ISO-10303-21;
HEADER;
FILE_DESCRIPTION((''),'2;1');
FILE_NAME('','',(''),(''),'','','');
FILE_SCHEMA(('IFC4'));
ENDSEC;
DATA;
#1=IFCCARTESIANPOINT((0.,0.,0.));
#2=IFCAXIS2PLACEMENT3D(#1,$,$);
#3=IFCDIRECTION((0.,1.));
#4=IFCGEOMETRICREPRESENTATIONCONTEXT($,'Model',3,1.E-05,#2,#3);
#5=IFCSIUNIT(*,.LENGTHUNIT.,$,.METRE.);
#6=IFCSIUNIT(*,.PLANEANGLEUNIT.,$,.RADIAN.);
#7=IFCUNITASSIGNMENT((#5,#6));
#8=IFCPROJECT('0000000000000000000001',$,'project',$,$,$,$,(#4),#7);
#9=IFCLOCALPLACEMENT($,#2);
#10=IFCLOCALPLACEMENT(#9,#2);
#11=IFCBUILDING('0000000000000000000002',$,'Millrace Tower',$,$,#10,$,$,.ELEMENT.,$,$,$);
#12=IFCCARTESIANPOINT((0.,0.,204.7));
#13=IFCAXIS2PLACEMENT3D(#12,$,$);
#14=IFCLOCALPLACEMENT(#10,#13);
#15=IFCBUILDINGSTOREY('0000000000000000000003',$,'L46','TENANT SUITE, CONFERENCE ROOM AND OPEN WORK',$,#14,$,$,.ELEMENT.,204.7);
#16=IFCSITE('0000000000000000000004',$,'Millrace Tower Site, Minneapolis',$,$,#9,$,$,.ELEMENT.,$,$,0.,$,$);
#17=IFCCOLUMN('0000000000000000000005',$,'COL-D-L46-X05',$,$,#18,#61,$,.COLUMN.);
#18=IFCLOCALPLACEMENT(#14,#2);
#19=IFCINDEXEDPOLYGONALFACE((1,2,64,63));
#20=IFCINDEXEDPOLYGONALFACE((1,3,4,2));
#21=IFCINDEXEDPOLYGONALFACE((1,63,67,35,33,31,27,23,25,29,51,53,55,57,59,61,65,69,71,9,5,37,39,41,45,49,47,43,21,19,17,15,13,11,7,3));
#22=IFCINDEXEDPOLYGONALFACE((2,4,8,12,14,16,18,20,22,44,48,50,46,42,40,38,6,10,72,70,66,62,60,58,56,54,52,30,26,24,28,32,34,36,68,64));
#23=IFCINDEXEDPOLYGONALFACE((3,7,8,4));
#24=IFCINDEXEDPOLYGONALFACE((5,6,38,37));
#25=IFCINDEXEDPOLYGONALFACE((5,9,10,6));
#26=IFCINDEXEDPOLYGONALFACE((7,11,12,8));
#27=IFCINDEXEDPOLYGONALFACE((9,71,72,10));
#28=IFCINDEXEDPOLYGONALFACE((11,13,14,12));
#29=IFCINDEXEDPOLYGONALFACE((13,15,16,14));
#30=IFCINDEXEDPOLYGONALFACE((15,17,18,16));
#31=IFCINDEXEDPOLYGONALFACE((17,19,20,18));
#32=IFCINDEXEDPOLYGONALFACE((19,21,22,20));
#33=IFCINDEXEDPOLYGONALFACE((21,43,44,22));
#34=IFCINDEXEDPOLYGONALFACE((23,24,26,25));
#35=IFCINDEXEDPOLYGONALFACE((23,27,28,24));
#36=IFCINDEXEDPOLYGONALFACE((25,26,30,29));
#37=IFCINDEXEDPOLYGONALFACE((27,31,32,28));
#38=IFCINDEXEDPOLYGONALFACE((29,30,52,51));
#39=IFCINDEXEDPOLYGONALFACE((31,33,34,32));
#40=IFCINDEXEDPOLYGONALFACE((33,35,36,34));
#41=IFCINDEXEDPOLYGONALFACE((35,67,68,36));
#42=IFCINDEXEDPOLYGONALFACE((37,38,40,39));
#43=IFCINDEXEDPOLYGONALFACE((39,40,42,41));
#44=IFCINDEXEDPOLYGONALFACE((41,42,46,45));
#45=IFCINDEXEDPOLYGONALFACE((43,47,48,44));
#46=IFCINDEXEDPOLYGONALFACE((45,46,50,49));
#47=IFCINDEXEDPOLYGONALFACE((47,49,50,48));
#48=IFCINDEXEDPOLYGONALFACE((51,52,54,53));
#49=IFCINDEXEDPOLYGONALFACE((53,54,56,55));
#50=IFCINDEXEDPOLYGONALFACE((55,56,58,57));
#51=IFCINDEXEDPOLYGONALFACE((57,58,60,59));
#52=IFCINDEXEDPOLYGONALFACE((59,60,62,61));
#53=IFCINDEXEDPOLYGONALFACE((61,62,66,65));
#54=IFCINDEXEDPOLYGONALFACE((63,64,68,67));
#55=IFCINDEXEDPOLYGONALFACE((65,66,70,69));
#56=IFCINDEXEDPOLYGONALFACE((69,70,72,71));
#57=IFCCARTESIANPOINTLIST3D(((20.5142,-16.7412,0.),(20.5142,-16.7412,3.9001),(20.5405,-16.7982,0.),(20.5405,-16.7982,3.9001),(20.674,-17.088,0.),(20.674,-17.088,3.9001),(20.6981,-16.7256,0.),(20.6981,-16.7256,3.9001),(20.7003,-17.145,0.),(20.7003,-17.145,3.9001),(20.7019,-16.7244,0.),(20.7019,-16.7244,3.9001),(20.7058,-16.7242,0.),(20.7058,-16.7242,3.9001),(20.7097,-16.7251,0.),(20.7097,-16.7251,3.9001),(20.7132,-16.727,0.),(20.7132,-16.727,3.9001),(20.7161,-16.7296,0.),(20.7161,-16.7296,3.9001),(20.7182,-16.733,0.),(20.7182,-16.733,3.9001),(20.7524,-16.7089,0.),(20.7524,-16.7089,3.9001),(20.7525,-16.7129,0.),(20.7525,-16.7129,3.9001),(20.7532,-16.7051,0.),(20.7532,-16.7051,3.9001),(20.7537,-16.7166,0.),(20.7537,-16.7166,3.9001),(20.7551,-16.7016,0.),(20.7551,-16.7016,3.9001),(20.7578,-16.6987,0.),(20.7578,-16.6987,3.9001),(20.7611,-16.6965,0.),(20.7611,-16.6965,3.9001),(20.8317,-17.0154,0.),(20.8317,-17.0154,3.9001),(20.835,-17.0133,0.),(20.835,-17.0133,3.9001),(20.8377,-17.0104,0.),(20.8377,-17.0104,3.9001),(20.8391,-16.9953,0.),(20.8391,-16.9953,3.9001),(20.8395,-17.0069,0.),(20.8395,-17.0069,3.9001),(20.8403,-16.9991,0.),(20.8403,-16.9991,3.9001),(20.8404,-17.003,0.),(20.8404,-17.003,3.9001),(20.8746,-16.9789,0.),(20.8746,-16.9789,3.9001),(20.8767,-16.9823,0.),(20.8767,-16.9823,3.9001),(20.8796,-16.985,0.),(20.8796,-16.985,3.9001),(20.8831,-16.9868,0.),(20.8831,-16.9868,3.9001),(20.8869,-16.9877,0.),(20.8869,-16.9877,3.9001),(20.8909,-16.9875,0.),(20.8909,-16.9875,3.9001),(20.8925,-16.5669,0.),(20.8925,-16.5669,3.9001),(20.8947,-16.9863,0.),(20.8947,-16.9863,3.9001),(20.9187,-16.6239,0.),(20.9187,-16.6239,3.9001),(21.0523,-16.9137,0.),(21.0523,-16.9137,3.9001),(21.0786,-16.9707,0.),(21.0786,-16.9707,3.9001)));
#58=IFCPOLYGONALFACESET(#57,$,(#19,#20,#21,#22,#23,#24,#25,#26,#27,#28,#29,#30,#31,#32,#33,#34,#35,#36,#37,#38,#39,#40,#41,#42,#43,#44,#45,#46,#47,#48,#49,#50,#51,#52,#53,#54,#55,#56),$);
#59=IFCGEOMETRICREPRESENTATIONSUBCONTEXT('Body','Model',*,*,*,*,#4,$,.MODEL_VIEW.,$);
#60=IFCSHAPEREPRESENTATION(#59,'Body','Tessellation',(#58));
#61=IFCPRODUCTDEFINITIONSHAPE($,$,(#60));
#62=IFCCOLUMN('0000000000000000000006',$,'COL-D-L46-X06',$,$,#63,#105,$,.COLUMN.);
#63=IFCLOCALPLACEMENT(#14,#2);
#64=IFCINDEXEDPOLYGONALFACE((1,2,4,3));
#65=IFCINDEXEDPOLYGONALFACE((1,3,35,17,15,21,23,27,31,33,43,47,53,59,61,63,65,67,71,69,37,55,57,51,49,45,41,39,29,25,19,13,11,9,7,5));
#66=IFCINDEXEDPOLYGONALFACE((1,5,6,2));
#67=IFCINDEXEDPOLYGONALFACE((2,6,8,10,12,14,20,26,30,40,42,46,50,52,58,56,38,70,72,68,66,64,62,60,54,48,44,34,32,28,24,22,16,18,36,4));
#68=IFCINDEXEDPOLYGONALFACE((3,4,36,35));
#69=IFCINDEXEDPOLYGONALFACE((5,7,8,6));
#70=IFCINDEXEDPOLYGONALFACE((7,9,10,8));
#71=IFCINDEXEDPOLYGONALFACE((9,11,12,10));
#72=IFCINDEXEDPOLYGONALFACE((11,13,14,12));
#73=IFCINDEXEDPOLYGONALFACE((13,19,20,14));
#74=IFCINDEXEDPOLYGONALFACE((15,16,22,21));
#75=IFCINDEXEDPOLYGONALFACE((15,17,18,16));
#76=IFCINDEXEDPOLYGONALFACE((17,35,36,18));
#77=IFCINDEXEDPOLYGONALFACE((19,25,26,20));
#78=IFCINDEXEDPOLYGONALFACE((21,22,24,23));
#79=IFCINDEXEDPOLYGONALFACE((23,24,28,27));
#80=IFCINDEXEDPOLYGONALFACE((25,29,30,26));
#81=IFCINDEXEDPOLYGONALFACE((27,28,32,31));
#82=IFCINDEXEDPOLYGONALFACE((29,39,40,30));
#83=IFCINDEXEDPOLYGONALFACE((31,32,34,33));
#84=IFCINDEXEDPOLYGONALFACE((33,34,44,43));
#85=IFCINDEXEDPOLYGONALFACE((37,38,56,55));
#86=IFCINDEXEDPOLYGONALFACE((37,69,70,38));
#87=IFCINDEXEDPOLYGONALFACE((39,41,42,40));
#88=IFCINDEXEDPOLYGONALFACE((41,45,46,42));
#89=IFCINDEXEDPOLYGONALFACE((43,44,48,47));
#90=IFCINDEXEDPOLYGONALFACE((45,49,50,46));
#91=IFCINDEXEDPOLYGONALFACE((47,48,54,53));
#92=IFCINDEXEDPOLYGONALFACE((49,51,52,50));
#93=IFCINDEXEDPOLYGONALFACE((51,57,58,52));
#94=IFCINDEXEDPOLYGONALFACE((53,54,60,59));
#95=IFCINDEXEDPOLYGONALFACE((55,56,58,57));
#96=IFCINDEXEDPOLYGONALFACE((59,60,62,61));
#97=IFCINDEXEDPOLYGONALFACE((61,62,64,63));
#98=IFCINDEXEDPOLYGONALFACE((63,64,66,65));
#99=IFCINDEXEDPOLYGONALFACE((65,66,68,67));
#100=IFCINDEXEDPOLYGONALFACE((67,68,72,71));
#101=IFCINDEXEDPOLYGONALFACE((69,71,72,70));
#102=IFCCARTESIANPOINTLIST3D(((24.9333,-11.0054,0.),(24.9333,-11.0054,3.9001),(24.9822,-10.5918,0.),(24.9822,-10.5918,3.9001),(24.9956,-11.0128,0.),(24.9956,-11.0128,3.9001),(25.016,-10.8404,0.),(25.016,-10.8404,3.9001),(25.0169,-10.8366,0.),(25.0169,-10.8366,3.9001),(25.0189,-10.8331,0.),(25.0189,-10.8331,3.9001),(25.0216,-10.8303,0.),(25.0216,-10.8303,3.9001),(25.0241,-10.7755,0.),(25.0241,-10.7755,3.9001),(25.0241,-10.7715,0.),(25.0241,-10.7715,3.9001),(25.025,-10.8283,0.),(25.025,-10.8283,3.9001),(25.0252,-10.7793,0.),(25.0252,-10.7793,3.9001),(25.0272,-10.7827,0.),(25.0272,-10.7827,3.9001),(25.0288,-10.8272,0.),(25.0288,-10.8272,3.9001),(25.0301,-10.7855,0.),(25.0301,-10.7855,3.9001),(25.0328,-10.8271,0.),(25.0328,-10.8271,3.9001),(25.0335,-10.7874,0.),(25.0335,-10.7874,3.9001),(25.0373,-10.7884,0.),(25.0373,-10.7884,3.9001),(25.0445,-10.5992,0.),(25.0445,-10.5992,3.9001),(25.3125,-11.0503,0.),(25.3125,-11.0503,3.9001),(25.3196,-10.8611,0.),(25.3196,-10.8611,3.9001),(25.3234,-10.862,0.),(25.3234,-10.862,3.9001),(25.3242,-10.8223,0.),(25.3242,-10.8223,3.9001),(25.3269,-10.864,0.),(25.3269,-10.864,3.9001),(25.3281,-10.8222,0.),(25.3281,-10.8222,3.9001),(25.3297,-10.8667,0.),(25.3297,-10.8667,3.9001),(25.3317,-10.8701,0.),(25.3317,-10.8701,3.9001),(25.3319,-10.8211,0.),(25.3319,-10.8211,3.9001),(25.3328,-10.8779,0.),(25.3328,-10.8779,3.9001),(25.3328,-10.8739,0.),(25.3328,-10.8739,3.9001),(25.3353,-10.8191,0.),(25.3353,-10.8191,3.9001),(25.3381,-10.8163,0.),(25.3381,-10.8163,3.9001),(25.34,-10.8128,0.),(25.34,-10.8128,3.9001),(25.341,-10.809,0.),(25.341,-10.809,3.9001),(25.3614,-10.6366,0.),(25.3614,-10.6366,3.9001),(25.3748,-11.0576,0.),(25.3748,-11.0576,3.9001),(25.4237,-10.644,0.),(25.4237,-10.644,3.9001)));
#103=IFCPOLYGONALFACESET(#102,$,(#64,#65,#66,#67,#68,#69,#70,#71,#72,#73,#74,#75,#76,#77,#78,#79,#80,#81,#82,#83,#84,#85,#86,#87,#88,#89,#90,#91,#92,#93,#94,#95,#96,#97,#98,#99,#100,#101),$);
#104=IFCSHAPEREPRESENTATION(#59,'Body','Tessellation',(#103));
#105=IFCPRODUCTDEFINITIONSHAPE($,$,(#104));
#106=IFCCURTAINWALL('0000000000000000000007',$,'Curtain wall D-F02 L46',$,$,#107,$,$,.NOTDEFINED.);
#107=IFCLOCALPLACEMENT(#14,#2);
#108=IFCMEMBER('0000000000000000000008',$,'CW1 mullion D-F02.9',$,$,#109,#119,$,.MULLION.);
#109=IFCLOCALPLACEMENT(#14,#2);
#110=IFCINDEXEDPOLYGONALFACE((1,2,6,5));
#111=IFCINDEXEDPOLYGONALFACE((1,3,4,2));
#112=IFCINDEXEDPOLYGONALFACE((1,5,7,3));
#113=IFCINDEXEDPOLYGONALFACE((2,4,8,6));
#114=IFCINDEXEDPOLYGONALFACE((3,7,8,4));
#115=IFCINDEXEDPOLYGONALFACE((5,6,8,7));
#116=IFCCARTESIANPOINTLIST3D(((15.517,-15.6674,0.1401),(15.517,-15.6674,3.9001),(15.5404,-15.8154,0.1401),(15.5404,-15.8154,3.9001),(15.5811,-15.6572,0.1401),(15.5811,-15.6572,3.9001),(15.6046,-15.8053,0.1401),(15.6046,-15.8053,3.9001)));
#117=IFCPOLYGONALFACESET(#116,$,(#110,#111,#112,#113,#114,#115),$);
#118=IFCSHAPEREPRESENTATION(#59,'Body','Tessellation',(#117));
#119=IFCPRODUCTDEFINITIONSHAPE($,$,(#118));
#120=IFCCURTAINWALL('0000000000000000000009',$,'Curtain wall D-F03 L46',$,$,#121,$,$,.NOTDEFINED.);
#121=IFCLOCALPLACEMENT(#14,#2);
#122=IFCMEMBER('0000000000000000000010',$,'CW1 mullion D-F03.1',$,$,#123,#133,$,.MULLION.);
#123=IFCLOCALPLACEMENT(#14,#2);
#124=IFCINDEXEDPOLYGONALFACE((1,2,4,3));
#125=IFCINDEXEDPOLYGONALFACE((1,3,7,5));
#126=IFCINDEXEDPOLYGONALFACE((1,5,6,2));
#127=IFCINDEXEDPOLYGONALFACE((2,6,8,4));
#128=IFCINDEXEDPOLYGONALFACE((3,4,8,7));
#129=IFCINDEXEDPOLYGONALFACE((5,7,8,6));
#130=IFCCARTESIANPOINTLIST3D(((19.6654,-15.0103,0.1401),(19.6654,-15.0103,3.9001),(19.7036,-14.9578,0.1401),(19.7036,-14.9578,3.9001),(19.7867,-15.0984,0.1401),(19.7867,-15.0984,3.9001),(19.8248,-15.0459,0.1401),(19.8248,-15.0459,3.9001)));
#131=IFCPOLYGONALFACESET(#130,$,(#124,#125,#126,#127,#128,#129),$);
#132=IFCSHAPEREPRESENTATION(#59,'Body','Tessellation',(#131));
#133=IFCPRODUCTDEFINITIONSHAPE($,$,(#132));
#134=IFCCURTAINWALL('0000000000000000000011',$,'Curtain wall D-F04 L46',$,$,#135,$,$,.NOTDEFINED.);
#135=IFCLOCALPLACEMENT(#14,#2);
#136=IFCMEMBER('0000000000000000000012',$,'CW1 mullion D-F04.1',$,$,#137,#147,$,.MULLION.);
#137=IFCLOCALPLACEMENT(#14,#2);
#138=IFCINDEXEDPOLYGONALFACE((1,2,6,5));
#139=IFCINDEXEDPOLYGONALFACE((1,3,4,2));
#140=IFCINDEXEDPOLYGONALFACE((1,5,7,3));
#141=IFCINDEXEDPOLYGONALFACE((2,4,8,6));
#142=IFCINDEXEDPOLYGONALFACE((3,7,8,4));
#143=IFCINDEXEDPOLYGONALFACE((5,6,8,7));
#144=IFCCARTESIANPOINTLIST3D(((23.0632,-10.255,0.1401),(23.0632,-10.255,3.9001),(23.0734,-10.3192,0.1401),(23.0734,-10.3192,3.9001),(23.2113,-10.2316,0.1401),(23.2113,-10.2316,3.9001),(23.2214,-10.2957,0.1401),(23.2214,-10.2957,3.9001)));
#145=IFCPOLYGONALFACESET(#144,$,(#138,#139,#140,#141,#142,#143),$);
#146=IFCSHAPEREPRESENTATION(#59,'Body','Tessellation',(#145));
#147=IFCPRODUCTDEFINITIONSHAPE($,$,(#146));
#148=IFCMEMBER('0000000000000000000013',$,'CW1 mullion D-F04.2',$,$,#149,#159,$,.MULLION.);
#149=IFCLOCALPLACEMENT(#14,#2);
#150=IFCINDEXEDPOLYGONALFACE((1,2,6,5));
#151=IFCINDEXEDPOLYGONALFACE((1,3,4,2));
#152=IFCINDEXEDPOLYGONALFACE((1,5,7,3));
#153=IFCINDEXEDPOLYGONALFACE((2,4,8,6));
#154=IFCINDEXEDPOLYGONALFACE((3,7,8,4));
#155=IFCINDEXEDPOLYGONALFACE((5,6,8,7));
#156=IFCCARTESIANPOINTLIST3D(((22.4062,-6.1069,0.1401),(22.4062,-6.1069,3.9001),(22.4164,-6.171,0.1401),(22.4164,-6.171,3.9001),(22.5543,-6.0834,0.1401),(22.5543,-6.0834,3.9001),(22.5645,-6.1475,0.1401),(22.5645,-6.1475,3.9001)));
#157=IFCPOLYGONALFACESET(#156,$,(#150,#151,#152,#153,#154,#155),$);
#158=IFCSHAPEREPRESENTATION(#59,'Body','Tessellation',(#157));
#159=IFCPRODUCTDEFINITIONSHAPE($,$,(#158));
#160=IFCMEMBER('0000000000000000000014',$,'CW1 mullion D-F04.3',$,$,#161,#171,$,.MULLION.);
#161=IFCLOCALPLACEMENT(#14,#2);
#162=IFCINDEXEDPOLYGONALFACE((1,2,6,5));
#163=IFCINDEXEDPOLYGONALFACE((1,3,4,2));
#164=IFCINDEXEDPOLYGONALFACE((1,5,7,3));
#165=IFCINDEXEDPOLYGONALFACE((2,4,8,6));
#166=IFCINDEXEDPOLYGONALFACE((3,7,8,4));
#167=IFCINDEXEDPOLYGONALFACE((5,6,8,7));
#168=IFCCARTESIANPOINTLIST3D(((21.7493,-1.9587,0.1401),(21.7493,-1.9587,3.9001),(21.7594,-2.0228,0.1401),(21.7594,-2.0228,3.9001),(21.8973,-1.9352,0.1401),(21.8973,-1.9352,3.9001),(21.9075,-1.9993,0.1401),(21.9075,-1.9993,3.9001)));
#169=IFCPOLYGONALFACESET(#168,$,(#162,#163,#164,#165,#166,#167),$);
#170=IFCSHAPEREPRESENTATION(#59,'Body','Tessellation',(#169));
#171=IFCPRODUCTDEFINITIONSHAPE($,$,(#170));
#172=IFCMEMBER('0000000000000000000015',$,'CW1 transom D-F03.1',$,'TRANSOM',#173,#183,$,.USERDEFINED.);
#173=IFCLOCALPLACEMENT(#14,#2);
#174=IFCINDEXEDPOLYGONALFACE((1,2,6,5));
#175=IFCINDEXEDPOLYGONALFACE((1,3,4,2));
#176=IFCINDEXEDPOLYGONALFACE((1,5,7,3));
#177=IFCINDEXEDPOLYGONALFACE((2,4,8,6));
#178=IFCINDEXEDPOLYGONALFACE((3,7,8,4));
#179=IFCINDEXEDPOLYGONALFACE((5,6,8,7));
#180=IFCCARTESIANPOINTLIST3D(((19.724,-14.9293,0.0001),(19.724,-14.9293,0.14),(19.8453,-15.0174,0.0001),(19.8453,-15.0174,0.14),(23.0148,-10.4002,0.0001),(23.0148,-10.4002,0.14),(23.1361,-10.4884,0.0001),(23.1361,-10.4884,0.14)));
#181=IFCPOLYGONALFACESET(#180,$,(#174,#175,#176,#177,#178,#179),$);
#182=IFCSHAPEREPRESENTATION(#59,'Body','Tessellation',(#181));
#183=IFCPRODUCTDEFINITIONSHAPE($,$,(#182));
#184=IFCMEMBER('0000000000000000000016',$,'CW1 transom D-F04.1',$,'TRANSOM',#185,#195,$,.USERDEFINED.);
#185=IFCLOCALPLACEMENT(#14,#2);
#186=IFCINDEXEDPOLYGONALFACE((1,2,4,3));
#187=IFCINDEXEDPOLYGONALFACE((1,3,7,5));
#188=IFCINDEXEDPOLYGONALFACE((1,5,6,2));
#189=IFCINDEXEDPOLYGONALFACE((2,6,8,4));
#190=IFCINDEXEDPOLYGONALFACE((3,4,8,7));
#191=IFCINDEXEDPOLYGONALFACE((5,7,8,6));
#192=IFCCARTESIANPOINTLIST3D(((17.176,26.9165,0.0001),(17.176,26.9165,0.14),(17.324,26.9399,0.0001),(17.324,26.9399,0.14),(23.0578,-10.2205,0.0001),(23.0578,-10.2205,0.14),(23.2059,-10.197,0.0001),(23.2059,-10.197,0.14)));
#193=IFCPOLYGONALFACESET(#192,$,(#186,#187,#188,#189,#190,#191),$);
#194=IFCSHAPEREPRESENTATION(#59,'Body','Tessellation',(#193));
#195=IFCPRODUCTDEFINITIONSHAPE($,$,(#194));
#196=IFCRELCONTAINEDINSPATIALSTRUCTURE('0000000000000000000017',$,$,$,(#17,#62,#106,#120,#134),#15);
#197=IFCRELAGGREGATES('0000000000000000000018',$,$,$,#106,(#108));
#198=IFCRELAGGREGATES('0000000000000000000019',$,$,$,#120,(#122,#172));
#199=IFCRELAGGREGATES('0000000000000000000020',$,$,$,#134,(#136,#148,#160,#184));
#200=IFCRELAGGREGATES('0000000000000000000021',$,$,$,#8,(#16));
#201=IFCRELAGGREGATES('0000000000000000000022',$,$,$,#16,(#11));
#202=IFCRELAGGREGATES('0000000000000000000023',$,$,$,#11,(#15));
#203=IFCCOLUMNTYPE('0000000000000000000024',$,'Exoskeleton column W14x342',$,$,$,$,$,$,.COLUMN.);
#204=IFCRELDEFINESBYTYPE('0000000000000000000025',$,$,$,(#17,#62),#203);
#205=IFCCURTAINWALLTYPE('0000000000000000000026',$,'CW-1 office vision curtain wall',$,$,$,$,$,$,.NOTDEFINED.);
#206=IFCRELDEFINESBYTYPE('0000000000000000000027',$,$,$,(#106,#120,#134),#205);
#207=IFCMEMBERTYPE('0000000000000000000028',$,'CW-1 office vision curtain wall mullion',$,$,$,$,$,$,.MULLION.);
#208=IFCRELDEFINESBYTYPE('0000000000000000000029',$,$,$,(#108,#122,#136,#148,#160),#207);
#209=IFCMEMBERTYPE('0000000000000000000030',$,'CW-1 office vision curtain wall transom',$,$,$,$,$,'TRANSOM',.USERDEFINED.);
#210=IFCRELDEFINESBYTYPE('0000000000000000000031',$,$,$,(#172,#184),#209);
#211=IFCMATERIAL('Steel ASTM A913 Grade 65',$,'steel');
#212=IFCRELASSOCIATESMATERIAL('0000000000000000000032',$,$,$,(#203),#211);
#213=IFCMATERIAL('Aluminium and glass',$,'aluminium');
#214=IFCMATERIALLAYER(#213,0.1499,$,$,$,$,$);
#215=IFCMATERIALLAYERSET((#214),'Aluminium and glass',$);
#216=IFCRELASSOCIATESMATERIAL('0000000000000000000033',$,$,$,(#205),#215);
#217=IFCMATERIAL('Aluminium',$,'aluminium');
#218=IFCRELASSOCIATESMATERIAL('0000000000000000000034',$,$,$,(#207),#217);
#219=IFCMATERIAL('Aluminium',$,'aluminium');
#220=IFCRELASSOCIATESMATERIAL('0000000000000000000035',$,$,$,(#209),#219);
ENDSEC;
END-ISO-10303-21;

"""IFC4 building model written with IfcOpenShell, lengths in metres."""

from ifc_helpers import new_model, si_unit, direction, frame, origin, origin_2d, place, context, subcontext, project, spatial, rectangle, i_section, extrude, material, layer, layer_set, material_profile, profile_set, type_object, element, aggregate, save


model = new_model("IFC4")

# Units and contexts
model_context = context("Model", 3, precision=1e-05, world=origin(), true_north=direction((0.0, 1.0)))
body_context = subcontext(model_context, "Body", "Model", "MODEL_VIEW")
ifc_project = project(units=[si_unit("LENGTHUNIT", "METRE"), si_unit("PLANEANGLEUNIT", "RADIAN")], contexts=[model_context])

# Site, building, storey
site_placement = place(None, origin())
site = spatial("IfcSite", under=ifc_project, at=site_placement, Name="Millrace Tower Site, Minneapolis", CompositionType="ELEMENT", RefElevation=0.0)
building_placement = place(site_placement, origin())
building = spatial("IfcBuilding", under=site, at=building_placement, Name="Millrace Tower", CompositionType="ELEMENT")
storey_placement = place(building_placement, frame((0.0, 0.0, 204.7)))
storey = spatial("IfcBuildingStorey", under=building, at=storey_placement, Name="L46", Description="TENANT SUITE, CONFERENCE ROOM AND OPEN WORK", CompositionType="ELEMENT", Elevation=204.7)

# Columns
ifc_material_1 = material(Name="Steel ASTM A913 Grade 65", Category="steel")
ifc_material_profile_1 = material_profile(ifc_material_1, i_section(OverallWidth=0.4165, OverallDepth=0.4446, WebThickness=0.0391, FlangeThickness=0.0627, FilletRadius=0.0151, at=origin_2d()))
ifc_profile_set_1 = profile_set([ifc_material_profile_1], Name="Steel ASTM A913 Grade 65")
column_type = type_object("IfcColumnType", Name="Exoskeleton column W14x342", PredefinedType="COLUMN", material=ifc_profile_set_1)
for number, where, z_axis, x_axis, name in (
    (1, (20.7964, -16.856, 0.0), (0.0, 0.0, 1.0), (0.908192, 0.418553, 0.0), "COL-D-L46-X05"),
    (2, (25.1785, -10.8247, 0.0), (0.0, 0.0, 1.0), (0.117421, 0.993082, 0.0), "COL-D-L46-X06"),
):
    element("IfcColumn", number, at=place(storey_placement, frame(where, z_axis=z_axis, x_axis=x_axis)), inside=storey, type_object=column_type, Name=name, PredefinedType="COLUMN", context=body_context, shape_type="SweptSolid", body=[
        extrude(i_section(OverallWidth=0.4165, OverallDepth=0.4446, WebThickness=0.0391, FlangeThickness=0.0627, FilletRadius=0.0151, at=origin_2d()), origin(), (0.0, 0.0, 1.0), 3.9001),
    ])

# Curtain walls, members
ifc_material_2 = material(Name="Aluminium and glass", Category="aluminium")
ifc_layer_1 = layer(ifc_material_2, 0.1499)
ifc_layer_set_1 = layer_set([ifc_layer_1], Name="Aluminium and glass")
curtain_wall_type = type_object("IfcCurtainWallType", Name="CW-1 office vision curtain wall", PredefinedType="NOTDEFINED", material=ifc_layer_set_1)
placement = place(storey_placement, origin())
curtain_wall_1 = element("IfcCurtainWall", 3, at=placement, inside=storey, type_object=curtain_wall_type, Name="Curtain wall D-F02 L46", PredefinedType="NOTDEFINED")
ifc_material_3 = material(Name="Aluminium", Category="aluminium")
ifc_material_profile_2 = material_profile(ifc_material_3, rectangle(XDim=0.0649, YDim=0.1499, at=origin_2d()))
ifc_profile_set_2 = profile_set([ifc_material_profile_2], Name="Aluminium")
member_type_1 = type_object("IfcMemberType", Name="CW-1 office vision curtain wall mullion", PredefinedType="MULLION", material=ifc_profile_set_2)
member_1_placement = place(storey_placement, frame((15.5608, -15.7363, 0.1401), z_axis=(0.0, 0.0, 1.0), x_axis=(0.987688, 0.156434, 0.0)))
member_1 = element("IfcMember", 4, at=member_1_placement, type_object=member_type_1, Name="CW1 mullion D-F02.9", PredefinedType="MULLION", context=body_context, shape_type="SweptSolid", body=[
    extrude(rectangle(XDim=0.0649, YDim=0.1499, at=origin_2d()), origin(), (0.0, 0.0, 1.0), 3.76),
])
aggregate(curtain_wall_1, [member_1])
curtain_wall_2 = element("IfcCurtainWall", 5, at=placement, inside=storey, type_object=curtain_wall_type, Name="Curtain wall D-F03 L46", PredefinedType="NOTDEFINED")
member_2_placement = place(storey_placement, frame((19.7451, -15.0281, 0.1401), z_axis=(0.0, 0.0, 1.0), x_axis=(0.587785, 0.809017, 0.0)))
member_2 = element("IfcMember", 6, at=member_2_placement, type_object=member_type_1, Name="CW1 mullion D-F03.1", PredefinedType="MULLION", context=body_context, shape_type="SweptSolid", body=[
    extrude(rectangle(XDim=0.0649, YDim=0.1499, at=origin_2d()), origin(), (0.0, 0.0, 1.0), 3.76),
])

# Curtain wall, members
curtain_wall_3 = element("IfcCurtainWall", 7, at=placement, inside=storey, type_object=curtain_wall_type, Name="Curtain wall D-F04 L46", PredefinedType="NOTDEFINED")
member_3_placement = place(storey_placement, frame((23.1423, -10.2754, 0.1401), z_axis=(0.0, 0.0, 1.0), x_axis=(-0.156434, 0.987688, 0.0)))
member_3 = element("IfcMember", 8, at=member_3_placement, type_object=member_type_1, Name="CW1 mullion D-F04.1", PredefinedType="MULLION", context=body_context, shape_type="SweptSolid", body=[
    extrude(rectangle(XDim=0.0649, YDim=0.1499, at=origin_2d()), origin(), (0.0, 0.0, 1.0), 3.76),
])
member_4_placement = place(storey_placement, frame((22.4854, -6.1272, 0.1401), z_axis=(0.0, 0.0, 1.0), x_axis=(-0.156434, 0.987688, 0.0)))
member_4 = element("IfcMember", 9, at=member_4_placement, type_object=member_type_1, Name="CW1 mullion D-F04.2", PredefinedType="MULLION", context=body_context, shape_type="SweptSolid", body=[
    extrude(rectangle(XDim=0.0649, YDim=0.1499, at=origin_2d()), origin(), (0.0, 0.0, 1.0), 3.76),
])
member_5_placement = place(storey_placement, frame((21.8284, -1.979, 0.1401), z_axis=(0.0, 0.0, 1.0), x_axis=(-0.156434, 0.987688, 0.0)))
member_5 = element("IfcMember", 10, at=member_5_placement, type_object=member_type_1, Name="CW1 mullion D-F04.3", PredefinedType="MULLION", context=body_context, shape_type="SweptSolid", body=[
    extrude(rectangle(XDim=0.0649, YDim=0.1499, at=origin_2d()), origin(), (0.0, 0.0, 1.0), 3.76),
])

# Members
ifc_material_4 = material(Name="Aluminium", Category="aluminium")
ifc_material_profile_3 = material_profile(ifc_material_4, rectangle(XDim=0.1499, YDim=0.1399, at=origin_2d()))
ifc_profile_set_3 = profile_set([ifc_material_profile_3], Name="Aluminium")
member_type_2 = type_object("IfcMemberType", Name="CW-1 office vision curtain wall transom", ElementType="TRANSOM", PredefinedType="USERDEFINED", material=ifc_profile_set_3)
member_6_placement = place(storey_placement, frame((19.7847, -14.9734, 0.0701), z_axis=(0.587811, 0.808998, 0.0), x_axis=(-0.808998, 0.587811, 0.0)))
member_6 = element("IfcMember", 11, at=member_6_placement, type_object=member_type_2, Name="CW1 transom D-F03.1", ObjectType="TRANSOM", PredefinedType="USERDEFINED", context=body_context, shape_type="SweptSolid", body=[
    extrude(rectangle(XDim=0.1499, YDim=0.1399, at=origin_2d()), origin(), (0.0, 0.0, 1.0), 5.5984),
])
aggregate(curtain_wall_2, [member_2, member_6])
member_7_placement = place(storey_placement, frame((23.1318, -10.2087, 0.0701), z_axis=(-0.156432, 0.987689, 0.0), x_axis=(-0.987689, -0.156432, 0.0)))
member_7 = element("IfcMember", 12, at=member_7_placement, type_object=member_type_2, Name="CW1 transom D-F04.1", ObjectType="TRANSOM", PredefinedType="USERDEFINED", context=body_context, shape_type="SweptSolid", body=[
    extrude(rectangle(XDim=0.1499, YDim=0.1399, at=origin_2d()), origin(), (0.0, 0.0, 1.0), 37.5999),
])
aggregate(curtain_wall_3, [member_3, member_4, member_5, member_7])

save(model, "model.ifc")
